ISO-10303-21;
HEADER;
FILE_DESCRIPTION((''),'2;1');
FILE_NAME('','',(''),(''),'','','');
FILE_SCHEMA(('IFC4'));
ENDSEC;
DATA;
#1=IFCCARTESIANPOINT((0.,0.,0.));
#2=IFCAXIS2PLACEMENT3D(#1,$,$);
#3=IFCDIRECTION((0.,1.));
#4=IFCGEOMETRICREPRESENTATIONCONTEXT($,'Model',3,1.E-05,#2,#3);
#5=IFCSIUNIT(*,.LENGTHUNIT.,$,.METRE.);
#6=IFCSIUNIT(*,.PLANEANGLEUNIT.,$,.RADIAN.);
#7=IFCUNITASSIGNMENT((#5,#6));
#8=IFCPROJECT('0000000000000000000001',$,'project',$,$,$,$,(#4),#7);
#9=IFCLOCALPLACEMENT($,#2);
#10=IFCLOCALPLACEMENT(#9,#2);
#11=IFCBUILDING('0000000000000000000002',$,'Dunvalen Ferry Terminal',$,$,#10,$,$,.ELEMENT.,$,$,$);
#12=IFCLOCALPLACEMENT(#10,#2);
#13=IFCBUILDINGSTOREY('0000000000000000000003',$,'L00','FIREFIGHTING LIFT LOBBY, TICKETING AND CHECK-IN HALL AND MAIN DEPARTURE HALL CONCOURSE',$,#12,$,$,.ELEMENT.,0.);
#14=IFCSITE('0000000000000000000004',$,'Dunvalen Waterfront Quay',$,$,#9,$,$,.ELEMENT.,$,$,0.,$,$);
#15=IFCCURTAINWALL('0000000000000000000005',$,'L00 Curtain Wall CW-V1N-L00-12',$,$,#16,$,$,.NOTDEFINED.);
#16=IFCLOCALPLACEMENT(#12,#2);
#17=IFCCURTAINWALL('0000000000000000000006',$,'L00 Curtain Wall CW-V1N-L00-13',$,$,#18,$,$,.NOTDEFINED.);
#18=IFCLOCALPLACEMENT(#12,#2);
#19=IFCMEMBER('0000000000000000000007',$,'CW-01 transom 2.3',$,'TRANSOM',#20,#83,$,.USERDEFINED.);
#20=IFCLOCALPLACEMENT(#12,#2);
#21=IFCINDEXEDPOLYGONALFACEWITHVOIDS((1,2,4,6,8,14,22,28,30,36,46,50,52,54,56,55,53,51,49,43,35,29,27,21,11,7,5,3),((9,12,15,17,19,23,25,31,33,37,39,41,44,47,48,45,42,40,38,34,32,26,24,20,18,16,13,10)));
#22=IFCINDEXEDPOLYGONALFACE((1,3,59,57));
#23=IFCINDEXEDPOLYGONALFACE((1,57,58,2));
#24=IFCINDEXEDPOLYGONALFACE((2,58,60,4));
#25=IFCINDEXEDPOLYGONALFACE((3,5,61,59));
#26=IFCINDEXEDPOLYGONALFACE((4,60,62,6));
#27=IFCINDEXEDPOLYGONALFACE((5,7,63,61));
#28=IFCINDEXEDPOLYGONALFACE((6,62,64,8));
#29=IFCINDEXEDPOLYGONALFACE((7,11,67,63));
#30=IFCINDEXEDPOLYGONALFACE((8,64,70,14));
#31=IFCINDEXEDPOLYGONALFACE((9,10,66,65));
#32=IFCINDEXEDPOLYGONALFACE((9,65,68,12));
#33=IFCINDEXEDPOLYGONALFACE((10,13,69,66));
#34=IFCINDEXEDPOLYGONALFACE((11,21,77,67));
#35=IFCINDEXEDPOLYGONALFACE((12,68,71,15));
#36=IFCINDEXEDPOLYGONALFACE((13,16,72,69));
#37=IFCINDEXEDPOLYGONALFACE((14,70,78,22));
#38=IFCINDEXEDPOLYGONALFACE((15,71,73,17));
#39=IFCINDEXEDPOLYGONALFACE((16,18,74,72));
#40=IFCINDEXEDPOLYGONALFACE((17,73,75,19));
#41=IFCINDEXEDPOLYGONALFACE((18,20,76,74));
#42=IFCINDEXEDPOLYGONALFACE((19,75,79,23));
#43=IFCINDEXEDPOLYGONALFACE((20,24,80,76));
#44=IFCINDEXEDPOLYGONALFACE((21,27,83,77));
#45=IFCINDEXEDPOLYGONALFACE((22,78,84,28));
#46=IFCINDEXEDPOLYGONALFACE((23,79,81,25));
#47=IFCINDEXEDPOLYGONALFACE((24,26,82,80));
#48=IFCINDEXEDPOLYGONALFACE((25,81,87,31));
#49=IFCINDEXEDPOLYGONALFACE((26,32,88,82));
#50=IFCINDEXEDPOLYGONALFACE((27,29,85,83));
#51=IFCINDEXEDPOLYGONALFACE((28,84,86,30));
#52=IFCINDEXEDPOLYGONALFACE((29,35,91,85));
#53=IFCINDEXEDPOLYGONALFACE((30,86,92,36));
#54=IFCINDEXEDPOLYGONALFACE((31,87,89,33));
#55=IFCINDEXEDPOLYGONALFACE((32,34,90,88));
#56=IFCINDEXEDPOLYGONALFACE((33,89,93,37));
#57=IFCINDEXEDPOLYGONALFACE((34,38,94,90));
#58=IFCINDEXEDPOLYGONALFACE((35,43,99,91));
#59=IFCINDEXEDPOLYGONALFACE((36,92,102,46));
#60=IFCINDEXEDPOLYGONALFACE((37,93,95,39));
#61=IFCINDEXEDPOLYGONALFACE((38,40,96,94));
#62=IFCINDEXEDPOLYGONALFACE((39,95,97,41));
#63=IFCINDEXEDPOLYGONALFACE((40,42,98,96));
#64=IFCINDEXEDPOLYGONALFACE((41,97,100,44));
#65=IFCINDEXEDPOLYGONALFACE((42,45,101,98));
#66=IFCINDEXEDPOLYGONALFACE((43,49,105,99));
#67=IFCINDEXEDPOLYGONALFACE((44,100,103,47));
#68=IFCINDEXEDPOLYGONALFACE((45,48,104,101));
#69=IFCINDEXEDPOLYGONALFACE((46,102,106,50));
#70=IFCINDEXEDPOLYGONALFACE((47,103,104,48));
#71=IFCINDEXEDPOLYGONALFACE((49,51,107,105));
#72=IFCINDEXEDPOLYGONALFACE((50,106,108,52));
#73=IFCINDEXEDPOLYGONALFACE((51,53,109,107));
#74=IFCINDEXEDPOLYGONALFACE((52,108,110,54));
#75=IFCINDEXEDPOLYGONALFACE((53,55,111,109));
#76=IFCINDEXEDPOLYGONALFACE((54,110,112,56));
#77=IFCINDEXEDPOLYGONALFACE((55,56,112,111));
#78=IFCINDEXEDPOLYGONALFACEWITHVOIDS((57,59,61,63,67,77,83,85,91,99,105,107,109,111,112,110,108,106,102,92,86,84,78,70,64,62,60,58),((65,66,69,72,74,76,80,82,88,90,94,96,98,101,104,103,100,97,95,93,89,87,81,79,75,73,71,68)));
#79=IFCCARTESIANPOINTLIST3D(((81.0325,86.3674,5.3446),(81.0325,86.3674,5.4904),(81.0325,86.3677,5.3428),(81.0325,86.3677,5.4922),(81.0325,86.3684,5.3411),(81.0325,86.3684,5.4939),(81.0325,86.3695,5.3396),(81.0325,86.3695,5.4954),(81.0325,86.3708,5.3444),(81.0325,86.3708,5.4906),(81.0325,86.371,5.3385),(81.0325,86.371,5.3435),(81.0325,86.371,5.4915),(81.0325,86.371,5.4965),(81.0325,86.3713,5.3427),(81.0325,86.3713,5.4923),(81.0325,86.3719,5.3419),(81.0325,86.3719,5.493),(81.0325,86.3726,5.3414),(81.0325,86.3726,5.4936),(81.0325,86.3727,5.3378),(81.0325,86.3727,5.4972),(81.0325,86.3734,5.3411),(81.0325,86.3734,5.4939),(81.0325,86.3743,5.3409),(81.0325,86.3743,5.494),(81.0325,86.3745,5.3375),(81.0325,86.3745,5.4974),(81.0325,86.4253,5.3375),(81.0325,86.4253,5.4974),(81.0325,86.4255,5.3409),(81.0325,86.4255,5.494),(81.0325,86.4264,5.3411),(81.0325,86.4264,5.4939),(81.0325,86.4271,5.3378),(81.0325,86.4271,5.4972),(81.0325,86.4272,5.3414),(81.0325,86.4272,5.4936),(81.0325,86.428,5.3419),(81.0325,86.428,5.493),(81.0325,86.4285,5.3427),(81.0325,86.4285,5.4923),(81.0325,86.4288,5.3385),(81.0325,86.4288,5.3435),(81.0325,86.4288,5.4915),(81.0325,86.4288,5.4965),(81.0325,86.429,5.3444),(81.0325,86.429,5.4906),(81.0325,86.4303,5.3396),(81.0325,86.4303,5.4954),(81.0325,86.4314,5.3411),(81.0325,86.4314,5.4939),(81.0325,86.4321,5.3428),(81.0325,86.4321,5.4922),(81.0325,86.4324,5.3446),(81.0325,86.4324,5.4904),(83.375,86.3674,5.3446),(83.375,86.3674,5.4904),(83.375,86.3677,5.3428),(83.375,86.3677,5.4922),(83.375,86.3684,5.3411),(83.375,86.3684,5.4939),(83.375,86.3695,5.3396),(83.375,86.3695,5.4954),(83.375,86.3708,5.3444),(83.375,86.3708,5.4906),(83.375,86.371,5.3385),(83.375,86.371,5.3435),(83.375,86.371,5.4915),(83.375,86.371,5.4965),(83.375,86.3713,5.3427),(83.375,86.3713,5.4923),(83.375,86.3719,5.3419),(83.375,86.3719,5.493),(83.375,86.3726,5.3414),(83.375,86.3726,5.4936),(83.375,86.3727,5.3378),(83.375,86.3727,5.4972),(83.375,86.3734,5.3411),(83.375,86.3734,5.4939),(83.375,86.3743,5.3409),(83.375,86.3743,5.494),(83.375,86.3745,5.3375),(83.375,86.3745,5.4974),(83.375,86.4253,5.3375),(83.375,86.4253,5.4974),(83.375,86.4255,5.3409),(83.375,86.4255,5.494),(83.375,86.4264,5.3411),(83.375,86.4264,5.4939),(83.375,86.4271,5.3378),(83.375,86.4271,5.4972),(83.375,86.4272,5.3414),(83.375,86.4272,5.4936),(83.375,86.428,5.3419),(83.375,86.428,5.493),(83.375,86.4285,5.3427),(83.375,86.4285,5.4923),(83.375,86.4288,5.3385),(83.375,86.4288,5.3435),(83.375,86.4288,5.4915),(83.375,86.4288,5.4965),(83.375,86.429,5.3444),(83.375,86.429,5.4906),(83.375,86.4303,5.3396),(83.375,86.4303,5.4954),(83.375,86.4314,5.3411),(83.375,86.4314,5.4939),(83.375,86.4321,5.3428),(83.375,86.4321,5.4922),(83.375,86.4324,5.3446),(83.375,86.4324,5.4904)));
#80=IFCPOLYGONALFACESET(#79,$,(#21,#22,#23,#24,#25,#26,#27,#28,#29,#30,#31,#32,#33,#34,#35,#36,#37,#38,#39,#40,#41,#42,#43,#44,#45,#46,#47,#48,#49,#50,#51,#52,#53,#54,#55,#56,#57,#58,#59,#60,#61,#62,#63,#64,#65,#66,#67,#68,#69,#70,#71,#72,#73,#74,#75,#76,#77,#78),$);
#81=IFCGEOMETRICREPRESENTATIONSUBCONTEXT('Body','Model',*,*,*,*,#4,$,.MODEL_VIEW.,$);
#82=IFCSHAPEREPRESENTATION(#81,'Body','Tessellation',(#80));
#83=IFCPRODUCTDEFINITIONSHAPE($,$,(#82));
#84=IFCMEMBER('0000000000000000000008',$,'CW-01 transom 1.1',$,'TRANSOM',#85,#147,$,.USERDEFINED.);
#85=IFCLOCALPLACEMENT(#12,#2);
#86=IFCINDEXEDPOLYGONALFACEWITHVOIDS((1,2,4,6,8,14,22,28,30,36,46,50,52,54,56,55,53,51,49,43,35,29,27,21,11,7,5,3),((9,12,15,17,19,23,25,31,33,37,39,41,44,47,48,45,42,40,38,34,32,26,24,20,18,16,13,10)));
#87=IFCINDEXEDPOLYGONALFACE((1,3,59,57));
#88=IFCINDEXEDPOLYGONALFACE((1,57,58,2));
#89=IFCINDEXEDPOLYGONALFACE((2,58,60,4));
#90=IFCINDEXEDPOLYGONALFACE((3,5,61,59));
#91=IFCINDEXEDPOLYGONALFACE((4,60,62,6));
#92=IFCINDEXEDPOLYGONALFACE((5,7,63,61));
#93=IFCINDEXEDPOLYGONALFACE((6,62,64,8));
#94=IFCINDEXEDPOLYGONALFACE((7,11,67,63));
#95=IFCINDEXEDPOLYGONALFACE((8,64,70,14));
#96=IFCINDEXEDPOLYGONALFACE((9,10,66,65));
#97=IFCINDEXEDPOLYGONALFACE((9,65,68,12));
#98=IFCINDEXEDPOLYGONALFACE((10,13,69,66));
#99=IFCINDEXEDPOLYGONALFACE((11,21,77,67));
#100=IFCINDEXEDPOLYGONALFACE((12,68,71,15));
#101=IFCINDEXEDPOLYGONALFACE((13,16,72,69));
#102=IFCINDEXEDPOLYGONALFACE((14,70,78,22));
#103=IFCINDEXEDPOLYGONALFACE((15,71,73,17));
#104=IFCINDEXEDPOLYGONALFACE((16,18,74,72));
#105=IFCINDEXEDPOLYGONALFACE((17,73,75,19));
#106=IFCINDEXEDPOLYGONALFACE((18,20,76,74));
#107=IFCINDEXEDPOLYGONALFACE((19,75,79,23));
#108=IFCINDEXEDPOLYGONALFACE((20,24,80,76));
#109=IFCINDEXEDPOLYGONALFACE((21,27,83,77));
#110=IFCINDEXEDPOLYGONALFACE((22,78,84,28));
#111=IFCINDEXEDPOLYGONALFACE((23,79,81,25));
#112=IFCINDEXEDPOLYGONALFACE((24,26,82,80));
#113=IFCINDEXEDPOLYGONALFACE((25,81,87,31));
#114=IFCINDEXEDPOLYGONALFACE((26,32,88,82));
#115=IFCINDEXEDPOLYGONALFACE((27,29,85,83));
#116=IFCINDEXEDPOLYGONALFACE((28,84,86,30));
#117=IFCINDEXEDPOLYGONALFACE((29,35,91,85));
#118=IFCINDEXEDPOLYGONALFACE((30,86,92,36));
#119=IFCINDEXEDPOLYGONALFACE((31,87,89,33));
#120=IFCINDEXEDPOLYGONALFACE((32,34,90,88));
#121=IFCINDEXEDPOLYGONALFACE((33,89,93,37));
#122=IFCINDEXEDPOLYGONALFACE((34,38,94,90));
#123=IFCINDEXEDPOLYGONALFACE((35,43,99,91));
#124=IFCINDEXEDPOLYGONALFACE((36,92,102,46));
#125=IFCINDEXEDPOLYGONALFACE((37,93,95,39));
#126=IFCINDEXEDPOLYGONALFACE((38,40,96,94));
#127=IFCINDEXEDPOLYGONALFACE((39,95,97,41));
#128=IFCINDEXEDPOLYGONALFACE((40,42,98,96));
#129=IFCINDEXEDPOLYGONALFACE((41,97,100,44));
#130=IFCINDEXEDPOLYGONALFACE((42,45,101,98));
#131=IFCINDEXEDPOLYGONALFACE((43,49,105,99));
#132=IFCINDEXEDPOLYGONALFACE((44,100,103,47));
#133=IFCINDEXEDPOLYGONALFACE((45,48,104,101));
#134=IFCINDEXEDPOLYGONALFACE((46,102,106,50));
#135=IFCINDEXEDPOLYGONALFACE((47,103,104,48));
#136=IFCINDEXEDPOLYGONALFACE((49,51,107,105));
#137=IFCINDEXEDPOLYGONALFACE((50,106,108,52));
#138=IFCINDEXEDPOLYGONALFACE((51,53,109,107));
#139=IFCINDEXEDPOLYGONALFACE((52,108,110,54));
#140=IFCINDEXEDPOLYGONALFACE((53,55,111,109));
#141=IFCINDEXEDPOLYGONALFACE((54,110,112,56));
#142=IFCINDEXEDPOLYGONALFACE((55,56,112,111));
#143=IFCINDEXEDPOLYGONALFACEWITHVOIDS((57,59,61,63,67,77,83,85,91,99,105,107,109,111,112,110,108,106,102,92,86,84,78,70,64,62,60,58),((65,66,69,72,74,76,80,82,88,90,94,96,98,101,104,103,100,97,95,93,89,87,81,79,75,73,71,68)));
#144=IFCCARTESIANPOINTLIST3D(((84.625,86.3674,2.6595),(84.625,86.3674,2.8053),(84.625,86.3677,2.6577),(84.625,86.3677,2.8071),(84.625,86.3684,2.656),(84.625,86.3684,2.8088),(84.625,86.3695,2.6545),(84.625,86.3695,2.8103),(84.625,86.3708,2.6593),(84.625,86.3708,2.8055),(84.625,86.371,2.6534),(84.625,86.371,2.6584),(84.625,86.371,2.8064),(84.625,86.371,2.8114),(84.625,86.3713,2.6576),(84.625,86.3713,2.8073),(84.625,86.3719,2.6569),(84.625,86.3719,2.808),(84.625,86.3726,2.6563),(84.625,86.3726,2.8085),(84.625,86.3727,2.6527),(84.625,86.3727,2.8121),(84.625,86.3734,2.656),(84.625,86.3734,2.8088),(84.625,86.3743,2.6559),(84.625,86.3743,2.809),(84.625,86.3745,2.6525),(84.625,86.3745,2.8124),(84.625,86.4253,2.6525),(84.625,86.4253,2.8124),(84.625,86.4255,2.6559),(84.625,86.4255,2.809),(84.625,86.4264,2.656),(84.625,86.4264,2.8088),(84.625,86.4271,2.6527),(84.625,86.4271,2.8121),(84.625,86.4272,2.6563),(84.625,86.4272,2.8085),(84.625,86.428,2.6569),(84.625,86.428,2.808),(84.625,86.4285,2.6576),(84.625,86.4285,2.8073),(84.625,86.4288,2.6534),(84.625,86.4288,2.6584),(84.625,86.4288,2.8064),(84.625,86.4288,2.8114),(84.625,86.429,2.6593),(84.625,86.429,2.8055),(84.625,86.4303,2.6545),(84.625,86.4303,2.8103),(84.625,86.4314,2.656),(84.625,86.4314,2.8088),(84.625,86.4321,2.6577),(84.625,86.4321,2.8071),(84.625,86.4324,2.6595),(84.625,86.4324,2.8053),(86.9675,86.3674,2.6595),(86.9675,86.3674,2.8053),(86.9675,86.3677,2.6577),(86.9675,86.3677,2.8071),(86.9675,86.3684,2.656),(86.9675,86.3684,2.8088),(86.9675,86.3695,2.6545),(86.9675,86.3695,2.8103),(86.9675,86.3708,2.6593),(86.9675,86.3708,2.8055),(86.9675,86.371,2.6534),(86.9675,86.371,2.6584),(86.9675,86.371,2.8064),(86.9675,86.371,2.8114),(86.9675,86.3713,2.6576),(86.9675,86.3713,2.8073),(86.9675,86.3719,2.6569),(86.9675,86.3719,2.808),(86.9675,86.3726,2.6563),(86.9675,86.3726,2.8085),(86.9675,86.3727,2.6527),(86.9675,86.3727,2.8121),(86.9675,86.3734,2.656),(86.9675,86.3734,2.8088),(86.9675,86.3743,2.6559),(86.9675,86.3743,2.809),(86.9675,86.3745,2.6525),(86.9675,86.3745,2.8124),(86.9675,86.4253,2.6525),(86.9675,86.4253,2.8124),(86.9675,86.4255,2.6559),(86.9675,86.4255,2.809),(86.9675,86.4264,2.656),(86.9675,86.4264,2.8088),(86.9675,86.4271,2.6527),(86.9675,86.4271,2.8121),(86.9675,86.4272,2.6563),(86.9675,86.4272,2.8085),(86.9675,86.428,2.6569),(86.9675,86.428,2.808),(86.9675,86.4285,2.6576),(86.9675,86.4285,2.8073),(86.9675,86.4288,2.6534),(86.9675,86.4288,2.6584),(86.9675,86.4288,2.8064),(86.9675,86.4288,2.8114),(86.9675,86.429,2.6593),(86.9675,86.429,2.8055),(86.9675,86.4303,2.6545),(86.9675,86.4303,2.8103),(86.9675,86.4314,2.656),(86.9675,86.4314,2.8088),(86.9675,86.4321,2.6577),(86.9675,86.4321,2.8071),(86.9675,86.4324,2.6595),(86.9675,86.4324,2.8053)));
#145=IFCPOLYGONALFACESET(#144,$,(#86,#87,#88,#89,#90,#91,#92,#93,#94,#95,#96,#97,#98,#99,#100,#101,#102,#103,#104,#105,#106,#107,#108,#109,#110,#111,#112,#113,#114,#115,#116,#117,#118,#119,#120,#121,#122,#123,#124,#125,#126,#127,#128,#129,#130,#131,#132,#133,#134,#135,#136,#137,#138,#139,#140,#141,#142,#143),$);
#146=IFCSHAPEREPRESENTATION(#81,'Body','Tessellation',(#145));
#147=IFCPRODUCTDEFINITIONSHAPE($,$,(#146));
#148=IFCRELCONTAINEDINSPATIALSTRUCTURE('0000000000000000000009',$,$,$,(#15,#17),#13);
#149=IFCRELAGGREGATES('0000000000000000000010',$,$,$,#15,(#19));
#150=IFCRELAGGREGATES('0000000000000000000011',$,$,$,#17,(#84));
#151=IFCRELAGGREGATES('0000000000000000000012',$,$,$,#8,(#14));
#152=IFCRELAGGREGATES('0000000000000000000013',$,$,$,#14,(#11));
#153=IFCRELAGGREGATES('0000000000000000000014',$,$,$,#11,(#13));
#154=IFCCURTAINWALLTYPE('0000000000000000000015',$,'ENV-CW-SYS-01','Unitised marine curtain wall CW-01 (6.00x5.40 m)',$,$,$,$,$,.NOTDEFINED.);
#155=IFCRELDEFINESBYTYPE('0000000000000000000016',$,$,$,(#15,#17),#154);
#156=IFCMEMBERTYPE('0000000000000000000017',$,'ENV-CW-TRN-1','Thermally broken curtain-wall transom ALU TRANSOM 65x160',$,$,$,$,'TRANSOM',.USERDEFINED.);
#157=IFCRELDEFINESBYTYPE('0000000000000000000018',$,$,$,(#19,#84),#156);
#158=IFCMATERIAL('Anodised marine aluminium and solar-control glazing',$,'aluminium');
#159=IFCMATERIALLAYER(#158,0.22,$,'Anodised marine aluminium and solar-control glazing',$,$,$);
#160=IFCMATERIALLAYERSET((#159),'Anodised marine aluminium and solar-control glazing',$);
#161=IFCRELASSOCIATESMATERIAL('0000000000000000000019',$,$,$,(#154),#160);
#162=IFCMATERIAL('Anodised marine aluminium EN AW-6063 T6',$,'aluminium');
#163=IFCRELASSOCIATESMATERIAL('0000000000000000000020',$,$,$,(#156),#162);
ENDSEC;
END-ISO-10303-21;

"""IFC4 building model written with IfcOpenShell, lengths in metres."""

from ifc_helpers import new_model, si_unit, direction, frame, origin, origin_2d, place, context, subcontext, project, spatial, hollow_rectangle, extrude, material, layer, layer_set, material_profile, profile_set, type_object, element, aggregate, save


model = new_model("IFC4")

# Units and contexts
model_context = context("Model", 3, precision=1e-05, world=origin(), true_north=direction((0.0, 1.0)))
body_context = subcontext(model_context, "Body", "Model", "MODEL_VIEW")
ifc_project = project(units=[si_unit("LENGTHUNIT", "METRE"), si_unit("PLANEANGLEUNIT", "RADIAN")], contexts=[model_context])

# Site, building, storey
site_placement = place(None, origin())
site = spatial("IfcSite", under=ifc_project, at=site_placement, Name="Dunvalen Waterfront Quay", CompositionType="ELEMENT", RefElevation=0.0)
building_placement = place(site_placement, origin())
building = spatial("IfcBuilding", under=site, at=building_placement, Name="Dunvalen Ferry Terminal", CompositionType="ELEMENT")
storey_placement = place(building_placement, origin())
storey = spatial("IfcBuildingStorey", under=building, at=storey_placement, Name="L00", Description="FIREFIGHTING LIFT LOBBY, TICKETING AND CHECK-IN HALL AND MAIN DEPARTURE HALL CONCOURSE", CompositionType="ELEMENT", Elevation=0.0)

# Curtain wall
ifc_material_1 = material(Name="Anodised marine aluminium and solar-control glazing", Category="aluminium")
ifc_layer_1 = layer(ifc_material_1, 0.22, Name="Anodised marine aluminium and solar-control glazing")
ifc_layer_set_1 = layer_set([ifc_layer_1], Name="Anodised marine aluminium and solar-control glazing")
curtain_wall_type = type_object("IfcCurtainWallType", Name="ENV-CW-SYS-01", Description="Unitised marine curtain wall CW-01 (6.00x5.40 m)", PredefinedType="NOTDEFINED", material=ifc_layer_set_1)
curtain_wall_1_placement = place(storey_placement, origin())
curtain_wall_1 = element("IfcCurtainWall", 1, at=curtain_wall_1_placement, inside=storey, type_object=curtain_wall_type, Name="L00 Curtain Wall CW-V1N-L00-12", PredefinedType="NOTDEFINED")
ifc_material_2 = material(Name="Anodised marine aluminium EN AW-6063 T6", Category="aluminium")

# Curtain wall
curtain_wall_2_placement = place(storey_placement, origin())
curtain_wall_2 = element("IfcCurtainWall", 2, at=curtain_wall_2_placement, inside=storey, type_object=curtain_wall_type, Name="L00 Curtain Wall CW-V1N-L00-13", PredefinedType="NOTDEFINED")

# Members
ifc_material_profile_1 = material_profile(ifc_material_2, hollow_rectangle(XDim=0.0649, YDim=0.1599, WallThickness=0.0034, InnerFilletRadius=0.0034, OuterFilletRadius=0.0071, at=origin_2d()), Name="Anodised marine aluminium EN AW-6063 T6")
ifc_profile_set_1 = profile_set([ifc_material_profile_1], Name="Anodised marine aluminium EN AW-6063 T6")
member_type_1 = type_object("IfcMemberType", Name="ENV-CW-TRN-1", Description="Thermally broken curtain-wall transom ALU TRANSOM 65x160", ElementType="TRANSOM", PredefinedType="USERDEFINED", material=ifc_profile_set_1)
member_1_placement = place(storey_placement, frame((81.0325, 86.3999, 5.4175), z_axis=(1.0, 0.0, 0.0), x_axis=(0.0, 1.0, 0.0)))
member_1 = element("IfcMember", 3, at=member_1_placement, type_object=member_type_1, Name="CW-01 transom 2.3", ObjectType="TRANSOM", PredefinedType="USERDEFINED", context=body_context, shape_type="SweptSolid", body=[
    extrude(hollow_rectangle(XDim=0.0649, YDim=0.1599, WallThickness=0.0034, InnerFilletRadius=0.0034, OuterFilletRadius=0.0071, at=origin_2d()), origin(), (0.0, 0.0, 1.0), 2.3425),
])
member_2_placement = place(storey_placement, frame((84.625, 86.3999, 2.7324), z_axis=(1.0, 0.0, 0.0), x_axis=(0.0, 1.0, 0.0)))
member_2 = element("IfcMember", 4, at=member_2_placement, type_object=member_type_1, Name="CW-01 transom 1.1", ObjectType="TRANSOM", PredefinedType="USERDEFINED", context=body_context, shape_type="SweptSolid", body=[
    extrude(hollow_rectangle(XDim=0.0649, YDim=0.1599, WallThickness=0.0034, InnerFilletRadius=0.0034, OuterFilletRadius=0.0071, at=origin_2d()), origin(), (0.0, 0.0, 1.0), 2.3425),
])

aggregate(curtain_wall_1, [member_1])
aggregate(curtain_wall_2, [member_2])

save(model, "model.ifc")
